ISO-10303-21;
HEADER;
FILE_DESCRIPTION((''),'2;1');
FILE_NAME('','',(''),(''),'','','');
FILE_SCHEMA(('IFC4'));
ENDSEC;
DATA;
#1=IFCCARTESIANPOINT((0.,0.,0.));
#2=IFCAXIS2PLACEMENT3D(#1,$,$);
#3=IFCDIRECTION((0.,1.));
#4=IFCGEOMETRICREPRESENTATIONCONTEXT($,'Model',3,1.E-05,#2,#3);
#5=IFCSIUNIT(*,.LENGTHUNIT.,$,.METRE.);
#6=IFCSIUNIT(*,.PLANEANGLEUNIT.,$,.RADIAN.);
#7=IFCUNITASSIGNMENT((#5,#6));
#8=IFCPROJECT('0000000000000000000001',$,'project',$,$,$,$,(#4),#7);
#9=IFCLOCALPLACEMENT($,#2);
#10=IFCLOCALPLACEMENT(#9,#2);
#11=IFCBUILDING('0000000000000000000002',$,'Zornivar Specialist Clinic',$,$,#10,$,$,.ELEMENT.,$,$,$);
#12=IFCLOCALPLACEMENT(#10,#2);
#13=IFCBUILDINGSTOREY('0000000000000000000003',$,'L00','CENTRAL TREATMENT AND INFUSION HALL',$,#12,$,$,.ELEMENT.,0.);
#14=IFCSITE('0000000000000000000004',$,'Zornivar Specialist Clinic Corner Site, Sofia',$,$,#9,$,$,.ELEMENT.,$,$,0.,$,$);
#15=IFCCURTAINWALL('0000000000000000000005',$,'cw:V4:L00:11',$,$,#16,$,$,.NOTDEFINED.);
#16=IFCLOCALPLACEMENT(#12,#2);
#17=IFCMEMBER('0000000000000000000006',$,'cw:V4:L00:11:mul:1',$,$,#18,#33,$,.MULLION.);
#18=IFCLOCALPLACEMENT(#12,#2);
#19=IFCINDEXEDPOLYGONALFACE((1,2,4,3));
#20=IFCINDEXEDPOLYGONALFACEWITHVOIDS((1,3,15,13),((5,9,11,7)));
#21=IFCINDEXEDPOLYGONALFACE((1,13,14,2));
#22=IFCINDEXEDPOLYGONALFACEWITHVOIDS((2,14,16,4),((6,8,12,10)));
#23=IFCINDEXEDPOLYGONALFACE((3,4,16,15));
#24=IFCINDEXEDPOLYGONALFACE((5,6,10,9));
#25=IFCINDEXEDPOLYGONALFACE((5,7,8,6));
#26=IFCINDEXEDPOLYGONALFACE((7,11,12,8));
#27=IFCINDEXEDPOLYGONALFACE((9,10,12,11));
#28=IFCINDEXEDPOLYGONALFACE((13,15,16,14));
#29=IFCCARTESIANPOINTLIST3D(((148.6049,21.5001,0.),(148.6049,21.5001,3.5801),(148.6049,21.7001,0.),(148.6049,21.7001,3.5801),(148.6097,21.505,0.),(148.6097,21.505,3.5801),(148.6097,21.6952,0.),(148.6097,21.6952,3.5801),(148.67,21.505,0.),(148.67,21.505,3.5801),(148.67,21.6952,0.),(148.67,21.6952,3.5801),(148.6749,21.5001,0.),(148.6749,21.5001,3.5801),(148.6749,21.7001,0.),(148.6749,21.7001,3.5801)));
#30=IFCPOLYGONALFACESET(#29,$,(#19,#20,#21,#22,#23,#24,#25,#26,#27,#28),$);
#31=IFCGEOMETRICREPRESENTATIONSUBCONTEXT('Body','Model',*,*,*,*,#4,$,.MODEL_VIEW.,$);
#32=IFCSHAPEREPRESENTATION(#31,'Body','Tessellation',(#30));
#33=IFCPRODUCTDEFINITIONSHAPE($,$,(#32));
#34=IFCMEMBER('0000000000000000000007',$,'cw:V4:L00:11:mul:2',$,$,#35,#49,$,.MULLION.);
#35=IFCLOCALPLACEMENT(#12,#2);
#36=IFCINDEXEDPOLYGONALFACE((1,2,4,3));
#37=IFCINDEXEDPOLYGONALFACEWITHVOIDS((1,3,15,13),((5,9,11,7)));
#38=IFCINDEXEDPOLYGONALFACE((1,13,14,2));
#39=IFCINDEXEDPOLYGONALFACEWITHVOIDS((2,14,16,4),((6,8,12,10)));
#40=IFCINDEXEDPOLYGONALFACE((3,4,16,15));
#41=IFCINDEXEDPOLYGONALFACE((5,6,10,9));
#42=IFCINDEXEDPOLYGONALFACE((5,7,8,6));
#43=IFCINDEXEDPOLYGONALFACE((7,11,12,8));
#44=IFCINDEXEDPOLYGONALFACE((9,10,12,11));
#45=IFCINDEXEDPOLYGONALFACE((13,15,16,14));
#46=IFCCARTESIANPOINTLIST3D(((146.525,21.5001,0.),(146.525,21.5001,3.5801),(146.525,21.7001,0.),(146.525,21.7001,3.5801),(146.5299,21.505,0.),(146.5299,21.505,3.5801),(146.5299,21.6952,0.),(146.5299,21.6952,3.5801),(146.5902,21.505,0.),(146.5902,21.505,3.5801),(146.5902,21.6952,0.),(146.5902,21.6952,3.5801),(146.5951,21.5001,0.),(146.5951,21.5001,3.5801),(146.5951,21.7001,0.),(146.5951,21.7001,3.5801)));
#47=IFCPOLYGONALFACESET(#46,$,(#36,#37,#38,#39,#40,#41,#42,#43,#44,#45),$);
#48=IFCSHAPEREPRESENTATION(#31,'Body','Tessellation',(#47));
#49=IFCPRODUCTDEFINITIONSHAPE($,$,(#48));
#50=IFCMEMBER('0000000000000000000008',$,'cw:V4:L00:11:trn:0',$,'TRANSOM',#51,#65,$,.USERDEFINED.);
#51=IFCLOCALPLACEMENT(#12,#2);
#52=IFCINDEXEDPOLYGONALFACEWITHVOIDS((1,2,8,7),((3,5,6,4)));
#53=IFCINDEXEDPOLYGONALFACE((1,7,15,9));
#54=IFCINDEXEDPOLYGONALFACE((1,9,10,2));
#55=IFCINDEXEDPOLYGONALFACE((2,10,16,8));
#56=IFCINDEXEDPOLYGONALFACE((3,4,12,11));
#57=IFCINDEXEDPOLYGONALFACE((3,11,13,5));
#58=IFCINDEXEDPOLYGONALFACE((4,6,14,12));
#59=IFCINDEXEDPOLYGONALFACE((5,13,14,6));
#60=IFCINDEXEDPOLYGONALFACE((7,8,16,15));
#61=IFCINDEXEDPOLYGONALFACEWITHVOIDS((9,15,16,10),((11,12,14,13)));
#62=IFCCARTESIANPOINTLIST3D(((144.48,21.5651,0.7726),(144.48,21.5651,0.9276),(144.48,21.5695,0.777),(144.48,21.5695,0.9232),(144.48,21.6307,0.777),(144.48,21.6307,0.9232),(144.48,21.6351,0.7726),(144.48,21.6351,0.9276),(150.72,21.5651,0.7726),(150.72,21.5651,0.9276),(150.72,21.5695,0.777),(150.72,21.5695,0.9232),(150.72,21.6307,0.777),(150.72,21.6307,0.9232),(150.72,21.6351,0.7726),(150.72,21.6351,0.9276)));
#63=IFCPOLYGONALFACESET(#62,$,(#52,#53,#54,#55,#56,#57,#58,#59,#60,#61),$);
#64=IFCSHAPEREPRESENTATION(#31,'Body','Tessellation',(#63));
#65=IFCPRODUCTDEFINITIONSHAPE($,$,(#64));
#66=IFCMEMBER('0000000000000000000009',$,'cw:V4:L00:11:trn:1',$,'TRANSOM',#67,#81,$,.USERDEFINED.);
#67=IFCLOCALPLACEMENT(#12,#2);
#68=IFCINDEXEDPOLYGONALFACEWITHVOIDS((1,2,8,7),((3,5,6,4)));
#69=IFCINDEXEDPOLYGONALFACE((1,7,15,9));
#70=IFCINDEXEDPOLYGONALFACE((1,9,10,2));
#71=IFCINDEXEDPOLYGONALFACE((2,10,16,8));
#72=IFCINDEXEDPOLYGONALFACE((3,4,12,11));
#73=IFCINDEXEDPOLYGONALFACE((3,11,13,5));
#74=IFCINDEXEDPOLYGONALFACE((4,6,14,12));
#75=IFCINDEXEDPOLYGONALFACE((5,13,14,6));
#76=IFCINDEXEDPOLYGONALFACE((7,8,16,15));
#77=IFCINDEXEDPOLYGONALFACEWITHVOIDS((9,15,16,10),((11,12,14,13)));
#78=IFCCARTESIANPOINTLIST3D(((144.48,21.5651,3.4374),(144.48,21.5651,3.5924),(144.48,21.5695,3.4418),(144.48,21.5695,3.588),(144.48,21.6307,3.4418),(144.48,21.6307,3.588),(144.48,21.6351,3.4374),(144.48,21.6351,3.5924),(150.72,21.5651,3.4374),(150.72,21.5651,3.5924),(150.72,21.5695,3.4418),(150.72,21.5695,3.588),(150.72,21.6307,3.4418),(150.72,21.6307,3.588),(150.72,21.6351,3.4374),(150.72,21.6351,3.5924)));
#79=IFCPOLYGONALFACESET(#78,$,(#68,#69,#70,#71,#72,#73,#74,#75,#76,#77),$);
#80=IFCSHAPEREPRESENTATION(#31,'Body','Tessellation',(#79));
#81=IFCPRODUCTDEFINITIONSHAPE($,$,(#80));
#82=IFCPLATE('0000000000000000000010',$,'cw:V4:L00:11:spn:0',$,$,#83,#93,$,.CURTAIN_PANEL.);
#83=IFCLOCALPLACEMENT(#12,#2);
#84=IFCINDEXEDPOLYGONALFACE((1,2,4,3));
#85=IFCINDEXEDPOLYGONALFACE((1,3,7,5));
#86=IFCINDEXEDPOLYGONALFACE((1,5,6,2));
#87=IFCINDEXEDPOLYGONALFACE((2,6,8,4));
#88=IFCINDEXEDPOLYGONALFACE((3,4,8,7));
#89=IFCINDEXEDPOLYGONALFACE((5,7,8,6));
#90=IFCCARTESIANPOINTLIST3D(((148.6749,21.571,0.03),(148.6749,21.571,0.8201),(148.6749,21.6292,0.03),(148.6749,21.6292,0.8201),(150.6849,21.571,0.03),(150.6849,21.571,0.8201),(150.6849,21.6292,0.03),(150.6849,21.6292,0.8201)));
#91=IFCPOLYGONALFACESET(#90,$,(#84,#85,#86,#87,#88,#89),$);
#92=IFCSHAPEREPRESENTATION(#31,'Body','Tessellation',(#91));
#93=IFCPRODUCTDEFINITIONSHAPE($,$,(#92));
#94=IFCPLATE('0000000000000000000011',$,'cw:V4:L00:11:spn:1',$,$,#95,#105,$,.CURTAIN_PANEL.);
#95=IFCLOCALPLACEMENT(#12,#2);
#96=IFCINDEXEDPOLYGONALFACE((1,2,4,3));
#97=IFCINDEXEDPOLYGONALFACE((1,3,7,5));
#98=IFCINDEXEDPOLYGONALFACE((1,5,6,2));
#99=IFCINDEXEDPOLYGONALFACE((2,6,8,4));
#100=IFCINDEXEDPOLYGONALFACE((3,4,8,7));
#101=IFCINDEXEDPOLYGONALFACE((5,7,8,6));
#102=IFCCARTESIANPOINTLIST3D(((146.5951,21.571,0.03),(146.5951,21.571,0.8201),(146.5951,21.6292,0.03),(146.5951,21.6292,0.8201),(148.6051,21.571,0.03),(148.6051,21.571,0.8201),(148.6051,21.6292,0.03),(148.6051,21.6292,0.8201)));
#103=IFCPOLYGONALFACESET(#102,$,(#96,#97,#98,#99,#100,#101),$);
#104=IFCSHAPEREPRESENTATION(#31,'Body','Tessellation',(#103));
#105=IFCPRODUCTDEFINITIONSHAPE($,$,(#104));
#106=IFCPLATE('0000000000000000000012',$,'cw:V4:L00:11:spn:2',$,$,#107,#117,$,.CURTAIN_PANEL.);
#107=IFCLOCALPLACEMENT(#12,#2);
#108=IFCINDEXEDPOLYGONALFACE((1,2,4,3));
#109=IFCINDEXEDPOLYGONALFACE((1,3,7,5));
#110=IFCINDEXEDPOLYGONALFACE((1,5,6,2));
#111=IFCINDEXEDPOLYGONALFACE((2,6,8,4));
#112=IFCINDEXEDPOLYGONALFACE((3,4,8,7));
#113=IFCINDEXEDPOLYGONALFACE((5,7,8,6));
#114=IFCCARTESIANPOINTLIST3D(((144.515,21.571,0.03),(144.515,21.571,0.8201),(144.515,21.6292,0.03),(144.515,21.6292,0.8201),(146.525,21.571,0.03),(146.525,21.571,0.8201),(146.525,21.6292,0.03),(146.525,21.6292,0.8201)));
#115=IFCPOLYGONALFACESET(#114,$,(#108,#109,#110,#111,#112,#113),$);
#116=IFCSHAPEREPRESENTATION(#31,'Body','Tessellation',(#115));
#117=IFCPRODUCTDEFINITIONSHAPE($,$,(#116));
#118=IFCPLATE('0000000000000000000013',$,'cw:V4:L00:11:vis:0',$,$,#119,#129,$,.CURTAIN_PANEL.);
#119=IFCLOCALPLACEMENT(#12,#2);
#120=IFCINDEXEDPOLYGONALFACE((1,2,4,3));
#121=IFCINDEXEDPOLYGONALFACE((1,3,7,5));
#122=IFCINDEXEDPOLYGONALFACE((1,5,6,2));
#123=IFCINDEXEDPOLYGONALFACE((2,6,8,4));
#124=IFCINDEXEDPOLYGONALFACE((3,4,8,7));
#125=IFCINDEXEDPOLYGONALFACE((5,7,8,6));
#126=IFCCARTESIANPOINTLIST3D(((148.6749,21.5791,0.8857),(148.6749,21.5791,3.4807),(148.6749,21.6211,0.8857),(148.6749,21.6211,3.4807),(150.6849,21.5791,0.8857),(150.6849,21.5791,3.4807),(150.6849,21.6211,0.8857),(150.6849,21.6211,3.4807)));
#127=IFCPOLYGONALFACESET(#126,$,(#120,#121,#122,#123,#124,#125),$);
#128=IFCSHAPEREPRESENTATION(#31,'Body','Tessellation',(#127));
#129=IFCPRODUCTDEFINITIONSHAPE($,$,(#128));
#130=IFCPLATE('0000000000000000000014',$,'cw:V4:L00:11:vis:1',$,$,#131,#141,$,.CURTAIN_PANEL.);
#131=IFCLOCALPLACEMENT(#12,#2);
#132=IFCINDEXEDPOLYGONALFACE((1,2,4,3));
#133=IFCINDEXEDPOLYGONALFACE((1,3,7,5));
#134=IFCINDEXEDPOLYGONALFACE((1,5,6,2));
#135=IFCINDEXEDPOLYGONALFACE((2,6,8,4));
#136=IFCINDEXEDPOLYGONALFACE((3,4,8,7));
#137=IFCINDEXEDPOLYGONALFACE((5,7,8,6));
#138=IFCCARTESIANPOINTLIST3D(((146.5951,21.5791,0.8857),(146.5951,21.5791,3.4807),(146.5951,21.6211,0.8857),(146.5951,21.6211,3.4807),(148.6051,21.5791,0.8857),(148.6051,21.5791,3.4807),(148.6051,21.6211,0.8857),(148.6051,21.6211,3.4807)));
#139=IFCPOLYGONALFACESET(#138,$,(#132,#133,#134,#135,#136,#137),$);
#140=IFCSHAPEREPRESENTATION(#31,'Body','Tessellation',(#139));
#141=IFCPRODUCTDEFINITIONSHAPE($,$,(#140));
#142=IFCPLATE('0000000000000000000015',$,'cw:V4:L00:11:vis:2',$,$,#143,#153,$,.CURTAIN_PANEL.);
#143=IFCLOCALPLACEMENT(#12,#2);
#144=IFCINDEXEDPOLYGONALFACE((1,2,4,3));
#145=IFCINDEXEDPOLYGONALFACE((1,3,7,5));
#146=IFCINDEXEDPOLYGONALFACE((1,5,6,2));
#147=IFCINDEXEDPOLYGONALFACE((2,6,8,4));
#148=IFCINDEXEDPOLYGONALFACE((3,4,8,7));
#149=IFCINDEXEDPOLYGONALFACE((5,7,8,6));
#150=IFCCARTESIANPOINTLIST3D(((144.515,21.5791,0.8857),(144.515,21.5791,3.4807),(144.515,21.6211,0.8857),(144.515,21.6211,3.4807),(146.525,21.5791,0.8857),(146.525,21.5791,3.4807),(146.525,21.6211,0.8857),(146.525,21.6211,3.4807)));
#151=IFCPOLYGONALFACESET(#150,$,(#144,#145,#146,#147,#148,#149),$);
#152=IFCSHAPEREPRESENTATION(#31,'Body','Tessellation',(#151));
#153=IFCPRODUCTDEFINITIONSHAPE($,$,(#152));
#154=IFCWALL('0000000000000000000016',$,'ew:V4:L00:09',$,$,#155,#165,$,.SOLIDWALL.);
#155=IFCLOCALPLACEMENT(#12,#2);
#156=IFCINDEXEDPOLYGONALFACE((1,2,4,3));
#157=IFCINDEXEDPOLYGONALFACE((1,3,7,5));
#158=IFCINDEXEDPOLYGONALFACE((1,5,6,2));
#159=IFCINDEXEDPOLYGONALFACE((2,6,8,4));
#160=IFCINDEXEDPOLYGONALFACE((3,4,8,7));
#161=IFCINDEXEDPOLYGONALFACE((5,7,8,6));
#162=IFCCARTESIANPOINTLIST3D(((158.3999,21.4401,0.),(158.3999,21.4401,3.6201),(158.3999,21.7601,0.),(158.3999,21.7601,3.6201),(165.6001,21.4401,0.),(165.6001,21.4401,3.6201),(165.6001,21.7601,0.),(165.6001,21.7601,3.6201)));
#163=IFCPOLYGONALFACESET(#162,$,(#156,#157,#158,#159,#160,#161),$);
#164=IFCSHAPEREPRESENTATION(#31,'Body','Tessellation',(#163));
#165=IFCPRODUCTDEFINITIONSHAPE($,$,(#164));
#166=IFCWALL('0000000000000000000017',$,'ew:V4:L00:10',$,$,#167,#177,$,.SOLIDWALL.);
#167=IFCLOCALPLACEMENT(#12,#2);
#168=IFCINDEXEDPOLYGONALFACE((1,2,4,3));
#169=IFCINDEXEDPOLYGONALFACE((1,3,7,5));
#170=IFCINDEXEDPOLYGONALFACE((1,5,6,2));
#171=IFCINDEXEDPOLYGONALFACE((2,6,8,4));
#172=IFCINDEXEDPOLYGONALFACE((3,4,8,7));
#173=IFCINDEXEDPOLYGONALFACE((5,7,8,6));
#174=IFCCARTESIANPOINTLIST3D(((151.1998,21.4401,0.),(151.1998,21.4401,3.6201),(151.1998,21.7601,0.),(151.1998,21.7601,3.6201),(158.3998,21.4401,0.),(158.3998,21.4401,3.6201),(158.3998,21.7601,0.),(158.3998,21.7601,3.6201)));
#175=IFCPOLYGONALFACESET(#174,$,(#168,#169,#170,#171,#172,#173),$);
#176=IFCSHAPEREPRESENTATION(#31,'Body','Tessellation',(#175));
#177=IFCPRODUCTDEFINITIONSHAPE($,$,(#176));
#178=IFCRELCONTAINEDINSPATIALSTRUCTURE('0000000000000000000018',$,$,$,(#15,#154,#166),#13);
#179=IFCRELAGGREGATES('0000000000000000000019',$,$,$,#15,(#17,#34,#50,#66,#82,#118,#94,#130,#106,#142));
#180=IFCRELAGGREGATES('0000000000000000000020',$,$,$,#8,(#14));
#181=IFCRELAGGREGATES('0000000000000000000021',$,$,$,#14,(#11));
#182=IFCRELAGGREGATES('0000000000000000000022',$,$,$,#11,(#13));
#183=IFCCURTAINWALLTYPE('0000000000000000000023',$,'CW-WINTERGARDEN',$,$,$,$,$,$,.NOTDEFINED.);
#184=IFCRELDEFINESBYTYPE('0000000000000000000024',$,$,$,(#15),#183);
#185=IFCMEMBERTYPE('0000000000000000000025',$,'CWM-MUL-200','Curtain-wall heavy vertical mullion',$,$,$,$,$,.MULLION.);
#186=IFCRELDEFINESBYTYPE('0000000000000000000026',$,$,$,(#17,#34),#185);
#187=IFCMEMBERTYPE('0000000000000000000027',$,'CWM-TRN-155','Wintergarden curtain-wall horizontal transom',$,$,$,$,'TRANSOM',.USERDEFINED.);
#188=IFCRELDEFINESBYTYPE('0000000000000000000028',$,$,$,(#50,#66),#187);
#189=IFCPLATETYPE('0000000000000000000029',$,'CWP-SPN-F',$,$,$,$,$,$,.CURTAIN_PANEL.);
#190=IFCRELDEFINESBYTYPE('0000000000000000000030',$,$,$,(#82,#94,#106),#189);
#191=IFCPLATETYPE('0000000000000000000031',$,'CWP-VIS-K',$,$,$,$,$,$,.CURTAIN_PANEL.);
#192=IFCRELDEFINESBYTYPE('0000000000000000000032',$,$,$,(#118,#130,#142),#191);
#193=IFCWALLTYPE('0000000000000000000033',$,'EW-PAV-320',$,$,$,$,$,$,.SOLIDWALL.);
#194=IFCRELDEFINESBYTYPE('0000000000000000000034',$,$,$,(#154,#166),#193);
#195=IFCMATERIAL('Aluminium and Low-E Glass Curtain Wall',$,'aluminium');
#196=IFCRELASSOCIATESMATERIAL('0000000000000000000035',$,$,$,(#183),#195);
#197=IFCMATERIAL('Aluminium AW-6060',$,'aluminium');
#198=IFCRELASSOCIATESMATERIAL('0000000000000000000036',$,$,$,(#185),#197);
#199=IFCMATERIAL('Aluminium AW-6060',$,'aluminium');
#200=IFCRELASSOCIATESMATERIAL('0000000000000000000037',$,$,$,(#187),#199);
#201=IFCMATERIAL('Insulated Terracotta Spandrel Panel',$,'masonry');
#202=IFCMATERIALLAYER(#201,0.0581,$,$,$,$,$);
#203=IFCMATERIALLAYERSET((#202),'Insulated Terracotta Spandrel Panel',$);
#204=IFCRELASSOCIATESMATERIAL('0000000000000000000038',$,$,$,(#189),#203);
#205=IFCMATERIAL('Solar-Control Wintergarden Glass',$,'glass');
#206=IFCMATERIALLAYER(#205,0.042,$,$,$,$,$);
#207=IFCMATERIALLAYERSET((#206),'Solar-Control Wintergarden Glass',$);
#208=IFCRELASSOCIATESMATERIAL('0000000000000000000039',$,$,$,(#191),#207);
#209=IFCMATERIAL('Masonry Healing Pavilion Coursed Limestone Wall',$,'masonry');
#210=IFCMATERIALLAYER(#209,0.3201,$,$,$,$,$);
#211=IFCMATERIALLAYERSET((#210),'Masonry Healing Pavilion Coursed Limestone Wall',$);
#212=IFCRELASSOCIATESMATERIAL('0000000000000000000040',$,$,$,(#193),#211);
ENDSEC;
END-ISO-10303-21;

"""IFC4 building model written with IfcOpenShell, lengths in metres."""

from ifc_helpers import new_model, si_unit, direction, frame, frame_2d, origin, origin_2d, place, context, subcontext, project, spatial, rectangle, hollow_rectangle, extrude, material, layer, layer_set, material_profile, profile_set, type_object, element, aggregate, save


model = new_model("IFC4")

# Units and contexts
model_context = context("Model", 3, precision=1e-05, world=origin(), true_north=direction((0.0, 1.0)))
body_context = subcontext(model_context, "Body", "Model", "MODEL_VIEW")
ifc_project = project(units=[si_unit("LENGTHUNIT", "METRE"), si_unit("PLANEANGLEUNIT", "RADIAN")], contexts=[model_context])

# Site, building, storey
site_placement = place(None, origin())
site = spatial("IfcSite", under=ifc_project, at=site_placement, Name="Zornivar Specialist Clinic Corner Site, Sofia", CompositionType="ELEMENT", RefElevation=0.0)
building_placement = place(site_placement, origin())
building = spatial("IfcBuilding", under=site, at=building_placement, Name="Zornivar Specialist Clinic", CompositionType="ELEMENT")
storey_placement = place(building_placement, origin())
storey = spatial("IfcBuildingStorey", under=building, at=storey_placement, Name="L00", Description="CENTRAL TREATMENT AND INFUSION HALL", CompositionType="ELEMENT", Elevation=0.0)

# Curtain wall, members, plates
ifc_material_1 = material(Name="Aluminium and Low-E Glass Curtain Wall", Category="aluminium")
curtain_wall_type = type_object("IfcCurtainWallType", Name="CW-WINTERGARDEN", PredefinedType="NOTDEFINED", material=ifc_material_1)
curtain_wall_placement = place(storey_placement, origin())
curtain_wall = element("IfcCurtainWall", 1, at=curtain_wall_placement, inside=storey, type_object=curtain_wall_type, Name="cw:V4:L00:11", PredefinedType="NOTDEFINED")
ifc_material_2 = material(Name="Aluminium AW-6060", Category="aluminium")
ifc_material_profile_1 = material_profile(ifc_material_2, hollow_rectangle(XDim=0.0701, YDim=0.2, WallThickness=0.0049, at=origin_2d()), Name="ALU 70x200x5")
ifc_profile_set_1 = profile_set([ifc_material_profile_1], Name="Aluminium AW-6060")
member_type_1 = type_object("IfcMemberType", Name="CWM-MUL-200", Description="Curtain-wall heavy vertical mullion", PredefinedType="MULLION", material=ifc_profile_set_1)
member_1_placement = place(storey_placement, frame((148.6399, 21.6001, 0.0), z_axis=(0.0, 0.0, 1.0), x_axis=(1.0, 0.0, 0.0)))
member_1 = element("IfcMember", 2, at=member_1_placement, type_object=member_type_1, Name="cw:V4:L00:11:mul:1", PredefinedType="MULLION", context=body_context, shape_type="SweptSolid", body=[
    extrude(hollow_rectangle(XDim=0.0701, YDim=0.2, WallThickness=0.0049, at=origin_2d()), origin(), (0.0, 0.0, 1.0), 3.5801),
])
member_2_placement = place(storey_placement, frame((146.5601, 21.6001, 0.0), z_axis=(0.0, 0.0, 1.0), x_axis=(1.0, 0.0, 0.0)))
member_2 = element("IfcMember", 3, at=member_2_placement, type_object=member_type_1, Name="cw:V4:L00:11:mul:2", PredefinedType="MULLION", context=body_context, shape_type="SweptSolid", body=[
    extrude(hollow_rectangle(XDim=0.0701, YDim=0.2, WallThickness=0.0049, at=origin_2d()), origin(), (0.0, 0.0, 1.0), 3.5801),
])
ifc_material_3 = material(Name="Aluminium AW-6060", Category="aluminium")
ifc_material_profile_2 = material_profile(ifc_material_3, hollow_rectangle(XDim=0.0701, YDim=0.155, WallThickness=0.0044, at=origin_2d()), Name="ALU 70x155x4.5")
ifc_profile_set_2 = profile_set([ifc_material_profile_2], Name="Aluminium AW-6060")
member_type_2 = type_object("IfcMemberType", Name="CWM-TRN-155", Description="Wintergarden curtain-wall horizontal transom", ElementType="TRANSOM", PredefinedType="USERDEFINED", material=ifc_profile_set_2)
member_3_placement = place(storey_placement, frame((150.72, 21.6001, 0.8501), z_axis=(-1.0, 0.0, 0.0), x_axis=(0.0, -1.0, 0.0)))
member_3 = element("IfcMember", 4, at=member_3_placement, type_object=member_type_2, Name="cw:V4:L00:11:trn:0", ObjectType="TRANSOM", PredefinedType="USERDEFINED", context=body_context, shape_type="SweptSolid", body=[
    extrude(hollow_rectangle(XDim=0.0701, YDim=0.155, WallThickness=0.0044, at=origin_2d()), origin(), (0.0, 0.0, 1.0), 6.24),
])
member_4_placement = place(storey_placement, frame((150.72, 21.6001, 3.5149), z_axis=(-1.0, 0.0, 0.0), x_axis=(0.0, -1.0, 0.0)))
member_4 = element("IfcMember", 5, at=member_4_placement, type_object=member_type_2, Name="cw:V4:L00:11:trn:1", ObjectType="TRANSOM", PredefinedType="USERDEFINED", context=body_context, shape_type="SweptSolid", body=[
    extrude(hollow_rectangle(XDim=0.0701, YDim=0.155, WallThickness=0.0044, at=origin_2d()), origin(), (0.0, 0.0, 1.0), 6.24),
])
ifc_material_4 = material(Name="Insulated Terracotta Spandrel Panel", Category="masonry")
ifc_layer_1 = layer(ifc_material_4, 0.0581)
ifc_layer_set_1 = layer_set([ifc_layer_1], Name="Insulated Terracotta Spandrel Panel")
plate_type_1 = type_object("IfcPlateType", Name="CWP-SPN-F", PredefinedType="CURTAIN_PANEL", material=ifc_layer_set_1)
plate_1_placement = place(storey_placement, frame((149.6799, 21.6001, 0.03), z_axis=(0.0, 0.0, 1.0), x_axis=(-1.0, 0.0, 0.0)))
plate_1 = element("IfcPlate", 6, at=plate_1_placement, type_object=plate_type_1, Name="cw:V4:L00:11:spn:0", PredefinedType="CURTAIN_PANEL", context=body_context, shape_type="SweptSolid", body=[
    extrude(rectangle(XDim=2.01, YDim=0.0581, at=origin_2d()), origin(), (0.0, 0.0, 1.0), 0.79),
])
plate_2_placement = place(storey_placement, frame((147.6001, 21.6001, 0.03), z_axis=(0.0, 0.0, 1.0), x_axis=(-1.0, 0.0, 0.0)))
plate_2 = element("IfcPlate", 7, at=plate_2_placement, type_object=plate_type_1, Name="cw:V4:L00:11:spn:1", PredefinedType="CURTAIN_PANEL", context=body_context, shape_type="SweptSolid", body=[
    extrude(rectangle(XDim=2.01, YDim=0.0581, at=origin_2d()), origin(), (0.0, 0.0, 1.0), 0.79),
])
plate_3_placement = place(storey_placement, frame((145.52, 21.6001, 0.03), z_axis=(0.0, 0.0, 1.0), x_axis=(-1.0, 0.0, 0.0)))
plate_3 = element("IfcPlate", 8, at=plate_3_placement, type_object=plate_type_1, Name="cw:V4:L00:11:spn:2", PredefinedType="CURTAIN_PANEL", context=body_context, shape_type="SweptSolid", body=[
    extrude(rectangle(XDim=2.01, YDim=0.0581, at=origin_2d()), origin(), (0.0, 0.0, 1.0), 0.79),
])
ifc_material_5 = material(Name="Solar-Control Wintergarden Glass", Category="glass")
ifc_layer_2 = layer(ifc_material_5, 0.042)
ifc_layer_set_2 = layer_set([ifc_layer_2], Name="Solar-Control Wintergarden Glass")
plate_type_2 = type_object("IfcPlateType", Name="CWP-VIS-K", PredefinedType="CURTAIN_PANEL", material=ifc_layer_set_2)
plate_4_placement = place(storey_placement, frame((149.6799, 21.6001, 0.8857), z_axis=(0.0, 0.0, 1.0), x_axis=(-1.0, 0.0, 0.0)))
plate_4 = element("IfcPlate", 9, at=plate_4_placement, type_object=plate_type_2, Name="cw:V4:L00:11:vis:0", PredefinedType="CURTAIN_PANEL", context=body_context, shape_type="SweptSolid", body=[
    extrude(rectangle(XDim=2.01, YDim=0.042, at=origin_2d()), origin(), (0.0, 0.0, 1.0), 2.595),
])
plate_5_placement = place(storey_placement, frame((147.6001, 21.6001, 0.8857), z_axis=(0.0, 0.0, 1.0), x_axis=(-1.0, 0.0, 0.0)))
plate_5 = element("IfcPlate", 10, at=plate_5_placement, type_object=plate_type_2, Name="cw:V4:L00:11:vis:1", PredefinedType="CURTAIN_PANEL", context=body_context, shape_type="SweptSolid", body=[
    extrude(rectangle(XDim=2.01, YDim=0.042, at=origin_2d()), origin(), (0.0, 0.0, 1.0), 2.595),
])
plate_6_placement = place(storey_placement, frame((145.52, 21.6001, 0.8857), z_axis=(0.0, 0.0, 1.0), x_axis=(-1.0, 0.0, 0.0)))
plate_6 = element("IfcPlate", 11, at=plate_6_placement, type_object=plate_type_2, Name="cw:V4:L00:11:vis:2", PredefinedType="CURTAIN_PANEL", context=body_context, shape_type="SweptSolid", body=[
    extrude(rectangle(XDim=2.01, YDim=0.042, at=origin_2d()), origin(), (0.0, 0.0, 1.0), 2.595),
])
aggregate(curtain_wall, [member_1, member_2, member_3, member_4, plate_1, plate_4, plate_2, plate_5, plate_3, plate_6])

# Walls
ifc_material_6 = material(Name="Masonry Healing Pavilion Coursed Limestone Wall", Category="masonry")
ifc_layer_3 = layer(ifc_material_6, 0.3201)
ifc_layer_set_3 = layer_set([ifc_layer_3], Name="Masonry Healing Pavilion Coursed Limestone Wall")
wall_type = type_object("IfcWallType", Name="EW-PAV-320", PredefinedType="SOLIDWALL", material=ifc_layer_set_3)
wall_1_placement = place(storey_placement, frame((165.6001, 21.6001, 0.0), z_axis=(0.0, 0.0, 1.0), x_axis=(-1.0, 0.0, 0.0)))
element("IfcWall", 12, at=wall_1_placement, inside=storey, type_object=wall_type, Name="ew:V4:L00:09", PredefinedType="SOLIDWALL", context=body_context, shape_type="SweptSolid", body=[
    extrude(rectangle(XDim=7.2002, YDim=0.3201, at=frame_2d((3.6001, 0.0))), origin(), (0.0, 0.0, 1.0), 3.6201),
])
wall_2_placement = place(storey_placement, frame((158.3999, 21.6001, 0.0), z_axis=(0.0, 0.0, 1.0), x_axis=(-1.0, 0.0, 0.0)))
element("IfcWall", 13, at=wall_2_placement, inside=storey, type_object=wall_type, Name="ew:V4:L00:10", PredefinedType="SOLIDWALL", context=body_context, shape_type="SweptSolid", body=[
    extrude(rectangle(XDim=7.2, YDim=0.3201, at=frame_2d((3.6001, 0.0))), origin(), (0.0, 0.0, 1.0), 3.6201),
])

save(model, "model.ifc")
